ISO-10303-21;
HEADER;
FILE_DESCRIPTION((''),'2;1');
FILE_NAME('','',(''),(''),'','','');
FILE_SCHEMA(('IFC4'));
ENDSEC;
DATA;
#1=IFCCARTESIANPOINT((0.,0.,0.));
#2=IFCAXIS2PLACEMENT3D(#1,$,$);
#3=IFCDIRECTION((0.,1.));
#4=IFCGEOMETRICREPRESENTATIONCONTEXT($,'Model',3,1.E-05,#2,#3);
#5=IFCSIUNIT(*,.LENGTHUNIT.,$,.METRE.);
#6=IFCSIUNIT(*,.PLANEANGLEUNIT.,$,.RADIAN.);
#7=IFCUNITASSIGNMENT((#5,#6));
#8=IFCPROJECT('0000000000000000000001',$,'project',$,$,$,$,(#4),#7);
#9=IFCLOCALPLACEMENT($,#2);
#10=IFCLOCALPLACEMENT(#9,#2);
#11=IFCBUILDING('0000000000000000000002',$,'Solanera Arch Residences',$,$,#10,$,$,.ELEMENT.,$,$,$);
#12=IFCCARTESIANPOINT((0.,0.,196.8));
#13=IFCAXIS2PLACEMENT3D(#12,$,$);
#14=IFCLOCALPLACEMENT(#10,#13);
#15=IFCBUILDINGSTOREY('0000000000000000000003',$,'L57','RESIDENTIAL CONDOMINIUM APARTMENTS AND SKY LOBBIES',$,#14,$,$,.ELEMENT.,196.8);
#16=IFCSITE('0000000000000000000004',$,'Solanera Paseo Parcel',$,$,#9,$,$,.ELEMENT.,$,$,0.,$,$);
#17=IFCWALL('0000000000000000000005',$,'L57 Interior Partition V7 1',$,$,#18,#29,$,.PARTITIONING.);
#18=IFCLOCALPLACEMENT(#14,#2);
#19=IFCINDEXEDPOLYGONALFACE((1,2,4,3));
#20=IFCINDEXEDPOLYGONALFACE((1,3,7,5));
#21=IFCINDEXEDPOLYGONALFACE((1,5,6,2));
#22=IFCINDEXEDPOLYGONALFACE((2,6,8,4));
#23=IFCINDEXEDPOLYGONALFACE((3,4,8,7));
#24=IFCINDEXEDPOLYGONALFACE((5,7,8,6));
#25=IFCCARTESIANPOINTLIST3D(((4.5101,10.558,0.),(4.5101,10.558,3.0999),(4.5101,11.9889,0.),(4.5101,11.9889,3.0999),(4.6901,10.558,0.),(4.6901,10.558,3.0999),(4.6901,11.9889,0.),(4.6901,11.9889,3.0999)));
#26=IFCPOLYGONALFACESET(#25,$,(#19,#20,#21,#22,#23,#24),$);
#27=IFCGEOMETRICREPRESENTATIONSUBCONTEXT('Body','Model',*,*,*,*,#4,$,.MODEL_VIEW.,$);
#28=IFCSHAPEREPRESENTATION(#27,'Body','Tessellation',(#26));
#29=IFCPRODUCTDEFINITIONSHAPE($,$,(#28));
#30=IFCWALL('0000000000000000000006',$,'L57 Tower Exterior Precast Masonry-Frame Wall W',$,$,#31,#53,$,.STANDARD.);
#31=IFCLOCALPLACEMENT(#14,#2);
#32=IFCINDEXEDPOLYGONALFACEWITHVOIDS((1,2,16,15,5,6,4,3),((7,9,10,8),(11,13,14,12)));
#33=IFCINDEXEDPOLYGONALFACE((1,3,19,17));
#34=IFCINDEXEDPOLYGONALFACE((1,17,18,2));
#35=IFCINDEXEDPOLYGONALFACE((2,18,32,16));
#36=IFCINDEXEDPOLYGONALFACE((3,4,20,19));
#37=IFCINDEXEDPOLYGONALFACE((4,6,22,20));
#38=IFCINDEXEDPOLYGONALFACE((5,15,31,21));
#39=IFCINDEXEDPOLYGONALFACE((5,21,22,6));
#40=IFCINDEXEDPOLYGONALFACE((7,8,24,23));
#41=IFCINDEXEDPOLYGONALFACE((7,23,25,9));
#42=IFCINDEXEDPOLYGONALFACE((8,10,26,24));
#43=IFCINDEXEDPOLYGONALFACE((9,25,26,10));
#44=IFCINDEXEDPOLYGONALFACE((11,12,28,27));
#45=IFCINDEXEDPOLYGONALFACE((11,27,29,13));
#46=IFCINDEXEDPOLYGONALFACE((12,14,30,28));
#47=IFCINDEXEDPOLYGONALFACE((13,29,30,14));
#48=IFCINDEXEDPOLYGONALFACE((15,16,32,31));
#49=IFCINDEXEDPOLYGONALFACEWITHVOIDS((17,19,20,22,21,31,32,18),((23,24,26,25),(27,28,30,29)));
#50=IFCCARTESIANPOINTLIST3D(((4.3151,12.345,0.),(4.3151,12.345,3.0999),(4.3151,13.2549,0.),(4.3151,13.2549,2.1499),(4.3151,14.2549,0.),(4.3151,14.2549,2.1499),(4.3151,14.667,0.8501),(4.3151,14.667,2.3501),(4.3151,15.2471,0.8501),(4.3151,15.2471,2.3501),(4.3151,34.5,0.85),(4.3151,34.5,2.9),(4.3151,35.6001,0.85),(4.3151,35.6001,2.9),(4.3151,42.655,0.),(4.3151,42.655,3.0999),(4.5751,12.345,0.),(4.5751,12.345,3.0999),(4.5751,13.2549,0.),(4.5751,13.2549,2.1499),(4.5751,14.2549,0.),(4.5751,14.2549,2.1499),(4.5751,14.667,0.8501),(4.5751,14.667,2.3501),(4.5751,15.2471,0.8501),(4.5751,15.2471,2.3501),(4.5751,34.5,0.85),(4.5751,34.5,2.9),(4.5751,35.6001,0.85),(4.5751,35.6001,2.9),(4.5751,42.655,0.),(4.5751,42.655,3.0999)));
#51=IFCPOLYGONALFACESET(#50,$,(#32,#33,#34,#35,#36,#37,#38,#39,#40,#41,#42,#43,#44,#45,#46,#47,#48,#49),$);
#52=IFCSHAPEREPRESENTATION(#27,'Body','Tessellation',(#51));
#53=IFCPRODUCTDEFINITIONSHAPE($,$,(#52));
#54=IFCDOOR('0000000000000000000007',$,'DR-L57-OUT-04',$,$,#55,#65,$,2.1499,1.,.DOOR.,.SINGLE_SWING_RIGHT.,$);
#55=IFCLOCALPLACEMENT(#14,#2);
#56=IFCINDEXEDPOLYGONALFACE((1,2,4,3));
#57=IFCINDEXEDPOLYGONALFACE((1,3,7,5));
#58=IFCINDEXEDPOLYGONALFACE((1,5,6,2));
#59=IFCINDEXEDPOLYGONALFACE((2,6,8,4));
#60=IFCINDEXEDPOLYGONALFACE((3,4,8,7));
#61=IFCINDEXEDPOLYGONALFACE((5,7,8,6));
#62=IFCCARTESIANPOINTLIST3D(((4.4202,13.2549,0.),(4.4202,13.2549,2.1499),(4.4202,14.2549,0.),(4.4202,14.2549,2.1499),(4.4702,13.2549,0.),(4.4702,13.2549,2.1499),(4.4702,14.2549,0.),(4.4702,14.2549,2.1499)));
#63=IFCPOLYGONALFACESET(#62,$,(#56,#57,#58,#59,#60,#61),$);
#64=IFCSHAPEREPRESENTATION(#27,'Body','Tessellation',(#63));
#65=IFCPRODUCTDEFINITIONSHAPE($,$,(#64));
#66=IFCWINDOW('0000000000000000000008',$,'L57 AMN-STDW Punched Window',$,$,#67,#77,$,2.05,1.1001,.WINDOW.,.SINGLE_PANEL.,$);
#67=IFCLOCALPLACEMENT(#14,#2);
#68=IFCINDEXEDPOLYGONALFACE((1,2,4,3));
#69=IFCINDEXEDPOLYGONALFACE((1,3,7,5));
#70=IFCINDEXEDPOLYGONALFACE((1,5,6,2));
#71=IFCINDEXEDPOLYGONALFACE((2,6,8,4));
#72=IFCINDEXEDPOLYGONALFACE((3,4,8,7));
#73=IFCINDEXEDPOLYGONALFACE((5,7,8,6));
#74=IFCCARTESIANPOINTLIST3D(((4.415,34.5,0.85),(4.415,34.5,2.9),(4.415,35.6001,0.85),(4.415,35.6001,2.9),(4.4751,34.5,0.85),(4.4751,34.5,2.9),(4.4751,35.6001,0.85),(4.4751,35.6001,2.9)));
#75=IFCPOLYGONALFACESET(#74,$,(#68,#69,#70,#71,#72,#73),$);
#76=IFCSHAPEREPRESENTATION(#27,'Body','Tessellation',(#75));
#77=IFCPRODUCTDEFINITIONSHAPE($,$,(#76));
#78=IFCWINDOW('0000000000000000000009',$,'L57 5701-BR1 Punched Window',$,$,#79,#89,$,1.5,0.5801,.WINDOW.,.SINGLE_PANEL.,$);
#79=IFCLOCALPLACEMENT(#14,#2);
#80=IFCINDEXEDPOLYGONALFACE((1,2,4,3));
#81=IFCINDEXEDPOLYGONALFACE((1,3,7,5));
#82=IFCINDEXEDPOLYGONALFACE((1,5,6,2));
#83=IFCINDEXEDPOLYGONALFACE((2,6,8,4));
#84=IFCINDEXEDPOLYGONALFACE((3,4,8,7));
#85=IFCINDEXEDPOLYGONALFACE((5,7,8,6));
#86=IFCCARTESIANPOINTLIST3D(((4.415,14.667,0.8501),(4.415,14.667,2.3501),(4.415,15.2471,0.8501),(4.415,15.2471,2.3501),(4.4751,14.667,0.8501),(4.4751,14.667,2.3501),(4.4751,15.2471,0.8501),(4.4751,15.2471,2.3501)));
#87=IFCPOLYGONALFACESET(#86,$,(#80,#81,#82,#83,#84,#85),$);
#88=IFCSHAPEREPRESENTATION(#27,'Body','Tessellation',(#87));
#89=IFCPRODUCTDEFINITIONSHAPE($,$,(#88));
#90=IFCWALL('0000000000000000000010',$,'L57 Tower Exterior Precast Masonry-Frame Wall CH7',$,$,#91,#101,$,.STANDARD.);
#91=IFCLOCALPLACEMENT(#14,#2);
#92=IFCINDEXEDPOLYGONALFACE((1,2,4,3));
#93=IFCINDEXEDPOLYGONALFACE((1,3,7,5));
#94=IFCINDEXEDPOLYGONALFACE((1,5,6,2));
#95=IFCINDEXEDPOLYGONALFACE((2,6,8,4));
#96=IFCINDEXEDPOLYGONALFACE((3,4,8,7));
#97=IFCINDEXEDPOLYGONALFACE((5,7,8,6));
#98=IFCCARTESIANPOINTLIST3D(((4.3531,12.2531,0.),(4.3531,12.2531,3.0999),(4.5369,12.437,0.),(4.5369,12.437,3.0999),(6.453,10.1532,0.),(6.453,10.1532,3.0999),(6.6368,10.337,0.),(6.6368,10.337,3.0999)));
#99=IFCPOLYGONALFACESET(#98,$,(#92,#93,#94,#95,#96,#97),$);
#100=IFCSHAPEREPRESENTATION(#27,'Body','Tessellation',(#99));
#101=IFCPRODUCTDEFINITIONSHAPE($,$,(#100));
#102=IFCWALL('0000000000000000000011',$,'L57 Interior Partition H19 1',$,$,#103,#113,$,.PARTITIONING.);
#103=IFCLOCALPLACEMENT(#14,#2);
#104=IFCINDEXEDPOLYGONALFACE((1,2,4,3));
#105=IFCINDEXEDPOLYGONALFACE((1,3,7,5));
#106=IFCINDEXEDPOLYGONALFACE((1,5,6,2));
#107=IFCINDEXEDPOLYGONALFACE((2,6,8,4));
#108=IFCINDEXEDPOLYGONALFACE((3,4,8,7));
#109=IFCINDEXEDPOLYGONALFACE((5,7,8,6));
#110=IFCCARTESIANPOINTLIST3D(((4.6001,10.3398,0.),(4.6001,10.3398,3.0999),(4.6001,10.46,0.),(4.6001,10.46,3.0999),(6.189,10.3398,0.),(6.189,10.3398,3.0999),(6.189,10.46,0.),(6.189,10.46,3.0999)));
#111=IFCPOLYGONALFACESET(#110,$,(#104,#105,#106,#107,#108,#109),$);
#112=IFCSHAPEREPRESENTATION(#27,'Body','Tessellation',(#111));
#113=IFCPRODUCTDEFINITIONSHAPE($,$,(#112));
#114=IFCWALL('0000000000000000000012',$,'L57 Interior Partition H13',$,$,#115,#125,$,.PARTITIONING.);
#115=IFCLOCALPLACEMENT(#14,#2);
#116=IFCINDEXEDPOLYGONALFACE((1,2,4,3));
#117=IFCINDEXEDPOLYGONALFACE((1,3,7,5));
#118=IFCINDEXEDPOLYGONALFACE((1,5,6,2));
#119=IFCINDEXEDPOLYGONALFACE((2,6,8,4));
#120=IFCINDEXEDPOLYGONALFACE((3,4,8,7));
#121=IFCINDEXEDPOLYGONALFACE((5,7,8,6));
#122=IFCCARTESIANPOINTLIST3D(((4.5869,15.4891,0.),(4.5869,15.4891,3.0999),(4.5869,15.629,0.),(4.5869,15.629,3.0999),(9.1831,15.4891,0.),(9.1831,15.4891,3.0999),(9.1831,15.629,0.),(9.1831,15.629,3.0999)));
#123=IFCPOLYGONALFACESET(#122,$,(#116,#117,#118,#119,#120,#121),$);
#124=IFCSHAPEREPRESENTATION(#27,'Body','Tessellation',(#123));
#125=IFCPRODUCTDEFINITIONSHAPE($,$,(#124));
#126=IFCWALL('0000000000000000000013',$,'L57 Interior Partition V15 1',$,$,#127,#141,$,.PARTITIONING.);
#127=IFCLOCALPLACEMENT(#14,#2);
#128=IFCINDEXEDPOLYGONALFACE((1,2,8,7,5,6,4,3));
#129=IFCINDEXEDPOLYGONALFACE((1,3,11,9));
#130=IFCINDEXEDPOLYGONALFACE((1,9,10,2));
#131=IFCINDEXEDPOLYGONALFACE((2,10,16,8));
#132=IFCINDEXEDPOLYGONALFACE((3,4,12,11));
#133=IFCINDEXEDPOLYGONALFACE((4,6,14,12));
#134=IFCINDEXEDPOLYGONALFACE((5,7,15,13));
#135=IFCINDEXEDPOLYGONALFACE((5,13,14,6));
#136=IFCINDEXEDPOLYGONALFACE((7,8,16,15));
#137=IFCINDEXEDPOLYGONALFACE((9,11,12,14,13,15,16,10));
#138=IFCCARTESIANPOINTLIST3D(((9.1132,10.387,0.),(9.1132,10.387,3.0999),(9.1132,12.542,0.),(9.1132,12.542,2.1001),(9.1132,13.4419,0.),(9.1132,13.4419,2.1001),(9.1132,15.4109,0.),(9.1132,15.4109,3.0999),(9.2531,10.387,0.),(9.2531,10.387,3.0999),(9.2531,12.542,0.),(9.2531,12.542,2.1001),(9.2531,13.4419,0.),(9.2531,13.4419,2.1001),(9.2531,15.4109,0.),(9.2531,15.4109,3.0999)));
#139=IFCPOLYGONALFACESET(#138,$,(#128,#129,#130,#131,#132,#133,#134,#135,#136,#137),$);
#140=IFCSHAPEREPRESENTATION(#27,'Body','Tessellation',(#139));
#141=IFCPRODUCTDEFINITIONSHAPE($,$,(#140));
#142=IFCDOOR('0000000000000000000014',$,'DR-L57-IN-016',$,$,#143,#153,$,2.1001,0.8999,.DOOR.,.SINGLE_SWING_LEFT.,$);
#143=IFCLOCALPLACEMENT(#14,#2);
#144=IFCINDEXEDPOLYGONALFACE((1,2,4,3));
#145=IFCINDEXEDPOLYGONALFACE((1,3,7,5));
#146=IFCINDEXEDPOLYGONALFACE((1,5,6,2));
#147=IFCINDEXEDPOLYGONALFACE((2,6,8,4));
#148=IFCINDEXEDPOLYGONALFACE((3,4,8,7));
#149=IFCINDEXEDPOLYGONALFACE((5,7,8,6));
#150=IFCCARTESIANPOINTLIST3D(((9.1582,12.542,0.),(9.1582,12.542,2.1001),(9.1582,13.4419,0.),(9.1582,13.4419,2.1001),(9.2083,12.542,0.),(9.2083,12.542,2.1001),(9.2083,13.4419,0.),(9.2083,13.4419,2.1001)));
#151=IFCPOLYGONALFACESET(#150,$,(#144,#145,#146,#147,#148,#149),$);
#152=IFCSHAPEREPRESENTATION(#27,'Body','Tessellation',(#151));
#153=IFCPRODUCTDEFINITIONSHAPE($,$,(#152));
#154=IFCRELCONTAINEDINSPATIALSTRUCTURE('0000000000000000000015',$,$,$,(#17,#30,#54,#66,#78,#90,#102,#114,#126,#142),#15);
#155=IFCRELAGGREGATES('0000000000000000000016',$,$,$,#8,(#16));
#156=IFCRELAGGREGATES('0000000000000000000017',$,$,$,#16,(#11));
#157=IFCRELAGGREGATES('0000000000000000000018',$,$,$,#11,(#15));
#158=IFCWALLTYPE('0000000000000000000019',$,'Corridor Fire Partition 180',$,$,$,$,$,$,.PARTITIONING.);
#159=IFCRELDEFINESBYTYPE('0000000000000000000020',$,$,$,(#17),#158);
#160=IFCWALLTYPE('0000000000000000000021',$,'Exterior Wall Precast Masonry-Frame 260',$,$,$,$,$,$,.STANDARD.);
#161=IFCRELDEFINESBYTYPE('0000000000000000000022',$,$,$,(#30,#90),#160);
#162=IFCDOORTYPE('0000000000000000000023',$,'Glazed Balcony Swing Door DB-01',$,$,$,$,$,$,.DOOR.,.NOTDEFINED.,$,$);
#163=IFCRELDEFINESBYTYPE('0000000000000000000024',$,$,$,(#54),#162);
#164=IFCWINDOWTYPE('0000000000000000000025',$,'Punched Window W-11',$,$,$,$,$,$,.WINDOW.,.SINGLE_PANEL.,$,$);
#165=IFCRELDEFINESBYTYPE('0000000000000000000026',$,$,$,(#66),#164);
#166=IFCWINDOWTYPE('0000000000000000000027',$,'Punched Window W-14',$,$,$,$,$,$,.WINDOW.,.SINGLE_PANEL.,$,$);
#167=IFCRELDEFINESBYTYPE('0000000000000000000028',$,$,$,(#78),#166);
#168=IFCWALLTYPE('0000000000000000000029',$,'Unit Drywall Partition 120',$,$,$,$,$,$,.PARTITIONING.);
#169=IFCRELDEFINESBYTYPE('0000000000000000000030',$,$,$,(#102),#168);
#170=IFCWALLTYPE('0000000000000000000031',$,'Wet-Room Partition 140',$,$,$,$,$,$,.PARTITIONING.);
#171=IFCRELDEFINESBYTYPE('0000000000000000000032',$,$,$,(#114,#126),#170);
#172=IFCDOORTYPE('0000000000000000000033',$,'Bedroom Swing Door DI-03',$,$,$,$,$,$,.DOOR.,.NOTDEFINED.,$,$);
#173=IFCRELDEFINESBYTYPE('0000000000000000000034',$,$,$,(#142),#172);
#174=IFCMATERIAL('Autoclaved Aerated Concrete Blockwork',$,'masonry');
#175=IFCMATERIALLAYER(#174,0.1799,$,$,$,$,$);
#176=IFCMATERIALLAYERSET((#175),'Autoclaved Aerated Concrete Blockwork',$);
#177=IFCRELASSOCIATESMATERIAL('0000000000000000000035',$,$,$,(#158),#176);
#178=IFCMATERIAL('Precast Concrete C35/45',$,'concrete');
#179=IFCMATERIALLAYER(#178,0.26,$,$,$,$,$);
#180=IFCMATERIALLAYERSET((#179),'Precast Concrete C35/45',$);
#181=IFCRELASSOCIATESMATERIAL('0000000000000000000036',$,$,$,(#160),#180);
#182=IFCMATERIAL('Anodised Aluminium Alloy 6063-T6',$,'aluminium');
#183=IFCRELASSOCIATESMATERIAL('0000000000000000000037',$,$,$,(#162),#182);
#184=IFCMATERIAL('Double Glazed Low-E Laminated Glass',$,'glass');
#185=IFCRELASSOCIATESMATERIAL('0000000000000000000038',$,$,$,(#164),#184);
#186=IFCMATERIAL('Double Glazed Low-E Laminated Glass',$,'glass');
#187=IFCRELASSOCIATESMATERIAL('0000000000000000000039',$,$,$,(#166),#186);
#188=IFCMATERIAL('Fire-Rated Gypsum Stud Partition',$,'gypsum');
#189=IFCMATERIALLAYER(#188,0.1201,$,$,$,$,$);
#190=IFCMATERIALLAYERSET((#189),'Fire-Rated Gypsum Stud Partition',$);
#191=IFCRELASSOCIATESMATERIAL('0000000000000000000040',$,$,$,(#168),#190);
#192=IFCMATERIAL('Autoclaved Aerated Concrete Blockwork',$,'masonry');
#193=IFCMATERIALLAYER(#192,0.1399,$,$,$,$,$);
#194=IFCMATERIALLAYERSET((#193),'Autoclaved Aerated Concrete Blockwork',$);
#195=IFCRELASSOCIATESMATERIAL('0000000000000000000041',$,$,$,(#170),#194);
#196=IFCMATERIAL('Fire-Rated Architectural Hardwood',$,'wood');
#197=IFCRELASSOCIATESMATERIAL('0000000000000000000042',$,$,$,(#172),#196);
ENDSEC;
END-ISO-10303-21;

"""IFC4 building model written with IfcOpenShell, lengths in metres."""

from ifc_helpers import new_model, si_unit, direction, frame, frame_2d, origin, place, context, subcontext, project, spatial, rectangle, extrude, material, layer, layer_set, type_object, element, fill, save


model = new_model("IFC4")

# Units and contexts
model_context = context("Model", 3, precision=1e-05, world=origin(), true_north=direction((0.0, 1.0)))
body_context = subcontext(model_context, "Body", "Model", "MODEL_VIEW")
ifc_project = project(units=[si_unit("LENGTHUNIT", "METRE"), si_unit("PLANEANGLEUNIT", "RADIAN")], contexts=[model_context])

# Site, building, storey
site_placement = place(None, origin())
site = spatial("IfcSite", under=ifc_project, at=site_placement, Name="Solanera Paseo Parcel", CompositionType="ELEMENT", RefElevation=0.0)
building_placement = place(site_placement, origin())
building = spatial("IfcBuilding", under=site, at=building_placement, Name="Solanera Arch Residences", CompositionType="ELEMENT")
storey_placement = place(building_placement, frame((0.0, 0.0, 196.8)))
storey = spatial("IfcBuildingStorey", under=building, at=storey_placement, Name="L57", Description="RESIDENTIAL CONDOMINIUM APARTMENTS AND SKY LOBBIES", CompositionType="ELEMENT", Elevation=196.8)

# Wall
ifc_material_1 = material(Name="Autoclaved Aerated Concrete Blockwork", Category="masonry")
ifc_layer_1 = layer(ifc_material_1, 0.1799)
ifc_layer_set_1 = layer_set([ifc_layer_1], Name="Autoclaved Aerated Concrete Blockwork")
wall_type_1 = type_object("IfcWallType", Name="Corridor Fire Partition 180", PredefinedType="PARTITIONING", material=ifc_layer_set_1)
wall_1_placement = place(storey_placement, frame((4.6001, 10.5581, 0.0), z_axis=(0.0, 0.0, 1.0), x_axis=(0.0, 1.0, 0.0)))
element("IfcWall", 1, at=wall_1_placement, inside=storey, type_object=wall_type_1, Name="L57 Interior Partition V7 1", PredefinedType="PARTITIONING", context=body_context, shape_type="SweptSolid", body=[
    extrude(rectangle(XDim=1.4309, YDim=0.1799, at=frame_2d((0.7153, 0.0))), origin(), (0.0, 0.0, 1.0), 3.0999),
])

# Wall, openings, door, windows
ifc_material_2 = material(Name="Precast Concrete C35/45", Category="concrete")
ifc_layer_2 = layer(ifc_material_2, 0.26)
ifc_layer_set_2 = layer_set([ifc_layer_2], Name="Precast Concrete C35/45")
wall_type_2 = type_object("IfcWallType", Name="Exterior Wall Precast Masonry-Frame 260", PredefinedType="STANDARD", material=ifc_layer_set_2)
wall_2_placement = place(storey_placement, frame((4.4451, 12.345, 0.0), z_axis=(0.0, 0.0, 1.0), x_axis=(0.0, 1.0, 0.0)))
wall_2 = element("IfcWall", 2, at=wall_2_placement, inside=storey, type_object=wall_type_2, Name="L57 Tower Exterior Precast Masonry-Frame Wall W", PredefinedType="STANDARD", context=body_context, shape_type="SweptSolid", body=[
    extrude(rectangle(XDim=30.3101, YDim=0.26, at=frame_2d((15.155, 0.0))), origin(), (0.0, 0.0, 1.0), 3.0999),
])
opening_1_placement = place(wall_2_placement, frame((0.9099, 0.0, 0.0)))
opening_1 = element("IfcOpeningElement", 3, at=opening_1_placement, cuts=wall_2, PredefinedType="OPENING", context=body_context, shape_type="SweptSolid", body=[
    extrude(rectangle(XDim=1.0, YDim=2.1499, at=frame_2d((0.5, 1.075))), frame((0.0, 0.1399, 0.0), z_axis=(0.0, -1.0, 0.0), x_axis=(1.0, 0.0, 0.0)), (0.0, 0.0, 1.0), 0.28),
])
opening_2_placement = place(wall_2_placement, frame((2.322, 0.0, 0.8501)))
opening_2 = element("IfcOpeningElement", 4, at=opening_2_placement, cuts=wall_2, PredefinedType="OPENING", context=body_context, shape_type="SweptSolid", body=[
    extrude(rectangle(XDim=0.5801, YDim=1.5, at=frame_2d((0.29, 0.75))), frame((0.0, 0.1399, 0.0), z_axis=(0.0, -1.0, 0.0), x_axis=(1.0, 0.0, 0.0)), (0.0, 0.0, 1.0), 0.28),
])
opening_3_placement = place(wall_2_placement, frame((22.155, 0.0, 0.8501)))
opening_3 = element("IfcOpeningElement", 5, at=opening_3_placement, cuts=wall_2, PredefinedType="OPENING", context=body_context, shape_type="SweptSolid", body=[
    extrude(rectangle(XDim=1.1001, YDim=2.05, at=frame_2d((0.55, 1.0249))), frame((0.0, 0.1399, 0.0), z_axis=(0.0, -1.0, 0.0), x_axis=(1.0, 0.0, 0.0)), (0.0, 0.0, 1.0), 0.28),
])
ifc_material_3 = material(Name="Anodised Aluminium Alloy 6063-T6", Category="aluminium")
door_type_1 = type_object("IfcDoorType", Name="Glazed Balcony Swing Door DB-01", OperationType="NOTDEFINED", PredefinedType="DOOR", material=ifc_material_3)
door_1_placement = place(opening_1_placement, origin())
door_1 = element("IfcDoor", 6, at=door_1_placement, inside=storey, type_object=door_type_1, Name="DR-L57-OUT-04", OperationType="SINGLE_SWING_RIGHT", OverallHeight=2.1499, OverallWidth=1.0, PredefinedType="DOOR", context=body_context, shape_type="SweptSolid", body=[
    extrude(rectangle(XDim=1.0, YDim=2.1499, at=frame_2d((0.5, 1.075))), frame((0.0, 0.0249, 0.0), z_axis=(0.0, -1.0, 0.0), x_axis=(1.0, 0.0, 0.0)), (0.0, 0.0, 1.0), 0.05),
])
fill(opening_1, door_1)
ifc_material_4 = material(Name="Double Glazed Low-E Laminated Glass", Category="glass")
window_type_1 = type_object("IfcWindowType", Name="Punched Window W-11", PartitioningType="SINGLE_PANEL", PredefinedType="WINDOW", material=ifc_material_4)
window_1_placement = place(opening_3_placement, origin())
window_1 = element("IfcWindow", 7, at=window_1_placement, inside=storey, type_object=window_type_1, Name="L57 AMN-STDW Punched Window", OverallHeight=2.05, OverallWidth=1.1001, PartitioningType="SINGLE_PANEL", PredefinedType="WINDOW", context=body_context, shape_type="SweptSolid", body=[
    extrude(rectangle(XDim=1.1001, YDim=2.05, at=frame_2d((0.55, 1.0249))), frame((0.0, 0.03, 0.0), z_axis=(0.0, -1.0, 0.0), x_axis=(1.0, 0.0, 0.0)), (0.0, 0.0, 1.0), 0.0601),
])
fill(opening_3, window_1)
ifc_material_5 = material(Name="Double Glazed Low-E Laminated Glass", Category="glass")
window_type_2 = type_object("IfcWindowType", Name="Punched Window W-14", PartitioningType="SINGLE_PANEL", PredefinedType="WINDOW", material=ifc_material_5)
window_2_placement = place(opening_2_placement, origin())
window_2 = element("IfcWindow", 8, at=window_2_placement, inside=storey, type_object=window_type_2, Name="L57 5701-BR1 Punched Window", OverallHeight=1.5, OverallWidth=0.5801, PartitioningType="SINGLE_PANEL", PredefinedType="WINDOW", context=body_context, shape_type="SweptSolid", body=[
    extrude(rectangle(XDim=0.5801, YDim=1.5, at=frame_2d((0.29, 0.75))), frame((0.0, 0.03, 0.0), z_axis=(0.0, -1.0, 0.0), x_axis=(1.0, 0.0, 0.0)), (0.0, 0.0, 1.0), 0.0601),
])
fill(opening_2, window_2)

# Walls
wall_3_placement = place(storey_placement, frame((6.5449, 10.2451, 0.0), z_axis=(0.0, 0.0, 1.0), x_axis=(-0.707107, 0.707107, 0.0)))
element("IfcWall", 9, at=wall_3_placement, inside=storey, type_object=wall_type_2, Name="L57 Tower Exterior Precast Masonry-Frame Wall CH7", PredefinedType="STANDARD", context=body_context, shape_type="SweptSolid", body=[
    extrude(rectangle(XDim=2.9697, YDim=0.26, at=frame_2d((1.4849, 0.0))), origin(), (0.0, 0.0, 1.0), 3.0999),
])
ifc_material_6 = material(Name="Fire-Rated Gypsum Stud Partition", Category="gypsum")
ifc_layer_3 = layer(ifc_material_6, 0.1201)
ifc_layer_set_3 = layer_set([ifc_layer_3], Name="Fire-Rated Gypsum Stud Partition")
wall_type_3 = type_object("IfcWallType", Name="Unit Drywall Partition 120", PredefinedType="PARTITIONING", material=ifc_layer_set_3)
wall_4_placement = place(storey_placement, frame((4.6001, 10.3999, 0.0), z_axis=(0.0, 0.0, 1.0), x_axis=(1.0, 0.0, 0.0)))
element("IfcWall", 10, at=wall_4_placement, inside=storey, type_object=wall_type_3, Name="L57 Interior Partition H19 1", PredefinedType="PARTITIONING", context=body_context, shape_type="SweptSolid", body=[
    extrude(rectangle(XDim=1.5889, YDim=0.1201, at=frame_2d((0.7944, 0.0))), origin(), (0.0, 0.0, 1.0), 3.0999),
])
ifc_material_7 = material(Name="Autoclaved Aerated Concrete Blockwork", Category="masonry")
ifc_layer_4 = layer(ifc_material_7, 0.1399)
ifc_layer_set_4 = layer_set([ifc_layer_4], Name="Autoclaved Aerated Concrete Blockwork")
wall_type_4 = type_object("IfcWallType", Name="Wet-Room Partition 140", PredefinedType="PARTITIONING", material=ifc_layer_set_4)
wall_5_placement = place(storey_placement, frame((4.5869, 15.5591, 0.0), z_axis=(0.0, 0.0, 1.0), x_axis=(1.0, 0.0, 0.0)))
element("IfcWall", 11, at=wall_5_placement, inside=storey, type_object=wall_type_4, Name="L57 Interior Partition H13", PredefinedType="PARTITIONING", context=body_context, shape_type="SweptSolid", body=[
    extrude(rectangle(XDim=4.5962, YDim=0.1399, at=frame_2d((2.2981, 0.0))), origin(), (0.0, 0.0, 1.0), 3.0999),
])

# Wall, opening, door
wall_6_placement = place(storey_placement, frame((9.1831, 10.387, 0.0), z_axis=(0.0, 0.0, 1.0), x_axis=(0.0, 1.0, 0.0)))
wall_6 = element("IfcWall", 12, at=wall_6_placement, inside=storey, type_object=wall_type_4, Name="L57 Interior Partition V15 1", PredefinedType="PARTITIONING", context=body_context, shape_type="SweptSolid", body=[
    extrude(rectangle(XDim=5.0239, YDim=0.1399, at=frame_2d((2.512, 0.0))), origin(), (0.0, 0.0, 1.0), 3.0999),
])
opening_4_placement = place(wall_6_placement, frame((2.155, 0.0, 0.0)))
opening_4 = element("IfcOpeningElement", 13, at=opening_4_placement, cuts=wall_6, PredefinedType="OPENING", context=body_context, shape_type="SweptSolid", body=[
    extrude(rectangle(XDim=0.8999, YDim=2.1001, at=frame_2d((0.45, 1.05))), frame((0.0, 0.0798, 0.0), z_axis=(0.0, -1.0, 0.0), x_axis=(1.0, 0.0, 0.0)), (0.0, 0.0, 1.0), 0.1599),
])
ifc_material_8 = material(Name="Fire-Rated Architectural Hardwood", Category="wood")
door_type_2 = type_object("IfcDoorType", Name="Bedroom Swing Door DI-03", OperationType="NOTDEFINED", PredefinedType="DOOR", material=ifc_material_8)
door_2_placement = place(opening_4_placement, origin())
door_2 = element("IfcDoor", 14, at=door_2_placement, inside=storey, type_object=door_type_2, Name="DR-L57-IN-016", OperationType="SINGLE_SWING_LEFT", OverallHeight=2.1001, OverallWidth=0.8999, PredefinedType="DOOR", context=body_context, shape_type="SweptSolid", body=[
    extrude(rectangle(XDim=0.8999, YDim=2.1001, at=frame_2d((0.45, 1.05))), frame((0.0, 0.0249, 0.0), z_axis=(0.0, -1.0, 0.0), x_axis=(1.0, 0.0, 0.0)), (0.0, 0.0, 1.0), 0.05),
])
fill(opening_4, door_2)

save(model, "model.ifc")
